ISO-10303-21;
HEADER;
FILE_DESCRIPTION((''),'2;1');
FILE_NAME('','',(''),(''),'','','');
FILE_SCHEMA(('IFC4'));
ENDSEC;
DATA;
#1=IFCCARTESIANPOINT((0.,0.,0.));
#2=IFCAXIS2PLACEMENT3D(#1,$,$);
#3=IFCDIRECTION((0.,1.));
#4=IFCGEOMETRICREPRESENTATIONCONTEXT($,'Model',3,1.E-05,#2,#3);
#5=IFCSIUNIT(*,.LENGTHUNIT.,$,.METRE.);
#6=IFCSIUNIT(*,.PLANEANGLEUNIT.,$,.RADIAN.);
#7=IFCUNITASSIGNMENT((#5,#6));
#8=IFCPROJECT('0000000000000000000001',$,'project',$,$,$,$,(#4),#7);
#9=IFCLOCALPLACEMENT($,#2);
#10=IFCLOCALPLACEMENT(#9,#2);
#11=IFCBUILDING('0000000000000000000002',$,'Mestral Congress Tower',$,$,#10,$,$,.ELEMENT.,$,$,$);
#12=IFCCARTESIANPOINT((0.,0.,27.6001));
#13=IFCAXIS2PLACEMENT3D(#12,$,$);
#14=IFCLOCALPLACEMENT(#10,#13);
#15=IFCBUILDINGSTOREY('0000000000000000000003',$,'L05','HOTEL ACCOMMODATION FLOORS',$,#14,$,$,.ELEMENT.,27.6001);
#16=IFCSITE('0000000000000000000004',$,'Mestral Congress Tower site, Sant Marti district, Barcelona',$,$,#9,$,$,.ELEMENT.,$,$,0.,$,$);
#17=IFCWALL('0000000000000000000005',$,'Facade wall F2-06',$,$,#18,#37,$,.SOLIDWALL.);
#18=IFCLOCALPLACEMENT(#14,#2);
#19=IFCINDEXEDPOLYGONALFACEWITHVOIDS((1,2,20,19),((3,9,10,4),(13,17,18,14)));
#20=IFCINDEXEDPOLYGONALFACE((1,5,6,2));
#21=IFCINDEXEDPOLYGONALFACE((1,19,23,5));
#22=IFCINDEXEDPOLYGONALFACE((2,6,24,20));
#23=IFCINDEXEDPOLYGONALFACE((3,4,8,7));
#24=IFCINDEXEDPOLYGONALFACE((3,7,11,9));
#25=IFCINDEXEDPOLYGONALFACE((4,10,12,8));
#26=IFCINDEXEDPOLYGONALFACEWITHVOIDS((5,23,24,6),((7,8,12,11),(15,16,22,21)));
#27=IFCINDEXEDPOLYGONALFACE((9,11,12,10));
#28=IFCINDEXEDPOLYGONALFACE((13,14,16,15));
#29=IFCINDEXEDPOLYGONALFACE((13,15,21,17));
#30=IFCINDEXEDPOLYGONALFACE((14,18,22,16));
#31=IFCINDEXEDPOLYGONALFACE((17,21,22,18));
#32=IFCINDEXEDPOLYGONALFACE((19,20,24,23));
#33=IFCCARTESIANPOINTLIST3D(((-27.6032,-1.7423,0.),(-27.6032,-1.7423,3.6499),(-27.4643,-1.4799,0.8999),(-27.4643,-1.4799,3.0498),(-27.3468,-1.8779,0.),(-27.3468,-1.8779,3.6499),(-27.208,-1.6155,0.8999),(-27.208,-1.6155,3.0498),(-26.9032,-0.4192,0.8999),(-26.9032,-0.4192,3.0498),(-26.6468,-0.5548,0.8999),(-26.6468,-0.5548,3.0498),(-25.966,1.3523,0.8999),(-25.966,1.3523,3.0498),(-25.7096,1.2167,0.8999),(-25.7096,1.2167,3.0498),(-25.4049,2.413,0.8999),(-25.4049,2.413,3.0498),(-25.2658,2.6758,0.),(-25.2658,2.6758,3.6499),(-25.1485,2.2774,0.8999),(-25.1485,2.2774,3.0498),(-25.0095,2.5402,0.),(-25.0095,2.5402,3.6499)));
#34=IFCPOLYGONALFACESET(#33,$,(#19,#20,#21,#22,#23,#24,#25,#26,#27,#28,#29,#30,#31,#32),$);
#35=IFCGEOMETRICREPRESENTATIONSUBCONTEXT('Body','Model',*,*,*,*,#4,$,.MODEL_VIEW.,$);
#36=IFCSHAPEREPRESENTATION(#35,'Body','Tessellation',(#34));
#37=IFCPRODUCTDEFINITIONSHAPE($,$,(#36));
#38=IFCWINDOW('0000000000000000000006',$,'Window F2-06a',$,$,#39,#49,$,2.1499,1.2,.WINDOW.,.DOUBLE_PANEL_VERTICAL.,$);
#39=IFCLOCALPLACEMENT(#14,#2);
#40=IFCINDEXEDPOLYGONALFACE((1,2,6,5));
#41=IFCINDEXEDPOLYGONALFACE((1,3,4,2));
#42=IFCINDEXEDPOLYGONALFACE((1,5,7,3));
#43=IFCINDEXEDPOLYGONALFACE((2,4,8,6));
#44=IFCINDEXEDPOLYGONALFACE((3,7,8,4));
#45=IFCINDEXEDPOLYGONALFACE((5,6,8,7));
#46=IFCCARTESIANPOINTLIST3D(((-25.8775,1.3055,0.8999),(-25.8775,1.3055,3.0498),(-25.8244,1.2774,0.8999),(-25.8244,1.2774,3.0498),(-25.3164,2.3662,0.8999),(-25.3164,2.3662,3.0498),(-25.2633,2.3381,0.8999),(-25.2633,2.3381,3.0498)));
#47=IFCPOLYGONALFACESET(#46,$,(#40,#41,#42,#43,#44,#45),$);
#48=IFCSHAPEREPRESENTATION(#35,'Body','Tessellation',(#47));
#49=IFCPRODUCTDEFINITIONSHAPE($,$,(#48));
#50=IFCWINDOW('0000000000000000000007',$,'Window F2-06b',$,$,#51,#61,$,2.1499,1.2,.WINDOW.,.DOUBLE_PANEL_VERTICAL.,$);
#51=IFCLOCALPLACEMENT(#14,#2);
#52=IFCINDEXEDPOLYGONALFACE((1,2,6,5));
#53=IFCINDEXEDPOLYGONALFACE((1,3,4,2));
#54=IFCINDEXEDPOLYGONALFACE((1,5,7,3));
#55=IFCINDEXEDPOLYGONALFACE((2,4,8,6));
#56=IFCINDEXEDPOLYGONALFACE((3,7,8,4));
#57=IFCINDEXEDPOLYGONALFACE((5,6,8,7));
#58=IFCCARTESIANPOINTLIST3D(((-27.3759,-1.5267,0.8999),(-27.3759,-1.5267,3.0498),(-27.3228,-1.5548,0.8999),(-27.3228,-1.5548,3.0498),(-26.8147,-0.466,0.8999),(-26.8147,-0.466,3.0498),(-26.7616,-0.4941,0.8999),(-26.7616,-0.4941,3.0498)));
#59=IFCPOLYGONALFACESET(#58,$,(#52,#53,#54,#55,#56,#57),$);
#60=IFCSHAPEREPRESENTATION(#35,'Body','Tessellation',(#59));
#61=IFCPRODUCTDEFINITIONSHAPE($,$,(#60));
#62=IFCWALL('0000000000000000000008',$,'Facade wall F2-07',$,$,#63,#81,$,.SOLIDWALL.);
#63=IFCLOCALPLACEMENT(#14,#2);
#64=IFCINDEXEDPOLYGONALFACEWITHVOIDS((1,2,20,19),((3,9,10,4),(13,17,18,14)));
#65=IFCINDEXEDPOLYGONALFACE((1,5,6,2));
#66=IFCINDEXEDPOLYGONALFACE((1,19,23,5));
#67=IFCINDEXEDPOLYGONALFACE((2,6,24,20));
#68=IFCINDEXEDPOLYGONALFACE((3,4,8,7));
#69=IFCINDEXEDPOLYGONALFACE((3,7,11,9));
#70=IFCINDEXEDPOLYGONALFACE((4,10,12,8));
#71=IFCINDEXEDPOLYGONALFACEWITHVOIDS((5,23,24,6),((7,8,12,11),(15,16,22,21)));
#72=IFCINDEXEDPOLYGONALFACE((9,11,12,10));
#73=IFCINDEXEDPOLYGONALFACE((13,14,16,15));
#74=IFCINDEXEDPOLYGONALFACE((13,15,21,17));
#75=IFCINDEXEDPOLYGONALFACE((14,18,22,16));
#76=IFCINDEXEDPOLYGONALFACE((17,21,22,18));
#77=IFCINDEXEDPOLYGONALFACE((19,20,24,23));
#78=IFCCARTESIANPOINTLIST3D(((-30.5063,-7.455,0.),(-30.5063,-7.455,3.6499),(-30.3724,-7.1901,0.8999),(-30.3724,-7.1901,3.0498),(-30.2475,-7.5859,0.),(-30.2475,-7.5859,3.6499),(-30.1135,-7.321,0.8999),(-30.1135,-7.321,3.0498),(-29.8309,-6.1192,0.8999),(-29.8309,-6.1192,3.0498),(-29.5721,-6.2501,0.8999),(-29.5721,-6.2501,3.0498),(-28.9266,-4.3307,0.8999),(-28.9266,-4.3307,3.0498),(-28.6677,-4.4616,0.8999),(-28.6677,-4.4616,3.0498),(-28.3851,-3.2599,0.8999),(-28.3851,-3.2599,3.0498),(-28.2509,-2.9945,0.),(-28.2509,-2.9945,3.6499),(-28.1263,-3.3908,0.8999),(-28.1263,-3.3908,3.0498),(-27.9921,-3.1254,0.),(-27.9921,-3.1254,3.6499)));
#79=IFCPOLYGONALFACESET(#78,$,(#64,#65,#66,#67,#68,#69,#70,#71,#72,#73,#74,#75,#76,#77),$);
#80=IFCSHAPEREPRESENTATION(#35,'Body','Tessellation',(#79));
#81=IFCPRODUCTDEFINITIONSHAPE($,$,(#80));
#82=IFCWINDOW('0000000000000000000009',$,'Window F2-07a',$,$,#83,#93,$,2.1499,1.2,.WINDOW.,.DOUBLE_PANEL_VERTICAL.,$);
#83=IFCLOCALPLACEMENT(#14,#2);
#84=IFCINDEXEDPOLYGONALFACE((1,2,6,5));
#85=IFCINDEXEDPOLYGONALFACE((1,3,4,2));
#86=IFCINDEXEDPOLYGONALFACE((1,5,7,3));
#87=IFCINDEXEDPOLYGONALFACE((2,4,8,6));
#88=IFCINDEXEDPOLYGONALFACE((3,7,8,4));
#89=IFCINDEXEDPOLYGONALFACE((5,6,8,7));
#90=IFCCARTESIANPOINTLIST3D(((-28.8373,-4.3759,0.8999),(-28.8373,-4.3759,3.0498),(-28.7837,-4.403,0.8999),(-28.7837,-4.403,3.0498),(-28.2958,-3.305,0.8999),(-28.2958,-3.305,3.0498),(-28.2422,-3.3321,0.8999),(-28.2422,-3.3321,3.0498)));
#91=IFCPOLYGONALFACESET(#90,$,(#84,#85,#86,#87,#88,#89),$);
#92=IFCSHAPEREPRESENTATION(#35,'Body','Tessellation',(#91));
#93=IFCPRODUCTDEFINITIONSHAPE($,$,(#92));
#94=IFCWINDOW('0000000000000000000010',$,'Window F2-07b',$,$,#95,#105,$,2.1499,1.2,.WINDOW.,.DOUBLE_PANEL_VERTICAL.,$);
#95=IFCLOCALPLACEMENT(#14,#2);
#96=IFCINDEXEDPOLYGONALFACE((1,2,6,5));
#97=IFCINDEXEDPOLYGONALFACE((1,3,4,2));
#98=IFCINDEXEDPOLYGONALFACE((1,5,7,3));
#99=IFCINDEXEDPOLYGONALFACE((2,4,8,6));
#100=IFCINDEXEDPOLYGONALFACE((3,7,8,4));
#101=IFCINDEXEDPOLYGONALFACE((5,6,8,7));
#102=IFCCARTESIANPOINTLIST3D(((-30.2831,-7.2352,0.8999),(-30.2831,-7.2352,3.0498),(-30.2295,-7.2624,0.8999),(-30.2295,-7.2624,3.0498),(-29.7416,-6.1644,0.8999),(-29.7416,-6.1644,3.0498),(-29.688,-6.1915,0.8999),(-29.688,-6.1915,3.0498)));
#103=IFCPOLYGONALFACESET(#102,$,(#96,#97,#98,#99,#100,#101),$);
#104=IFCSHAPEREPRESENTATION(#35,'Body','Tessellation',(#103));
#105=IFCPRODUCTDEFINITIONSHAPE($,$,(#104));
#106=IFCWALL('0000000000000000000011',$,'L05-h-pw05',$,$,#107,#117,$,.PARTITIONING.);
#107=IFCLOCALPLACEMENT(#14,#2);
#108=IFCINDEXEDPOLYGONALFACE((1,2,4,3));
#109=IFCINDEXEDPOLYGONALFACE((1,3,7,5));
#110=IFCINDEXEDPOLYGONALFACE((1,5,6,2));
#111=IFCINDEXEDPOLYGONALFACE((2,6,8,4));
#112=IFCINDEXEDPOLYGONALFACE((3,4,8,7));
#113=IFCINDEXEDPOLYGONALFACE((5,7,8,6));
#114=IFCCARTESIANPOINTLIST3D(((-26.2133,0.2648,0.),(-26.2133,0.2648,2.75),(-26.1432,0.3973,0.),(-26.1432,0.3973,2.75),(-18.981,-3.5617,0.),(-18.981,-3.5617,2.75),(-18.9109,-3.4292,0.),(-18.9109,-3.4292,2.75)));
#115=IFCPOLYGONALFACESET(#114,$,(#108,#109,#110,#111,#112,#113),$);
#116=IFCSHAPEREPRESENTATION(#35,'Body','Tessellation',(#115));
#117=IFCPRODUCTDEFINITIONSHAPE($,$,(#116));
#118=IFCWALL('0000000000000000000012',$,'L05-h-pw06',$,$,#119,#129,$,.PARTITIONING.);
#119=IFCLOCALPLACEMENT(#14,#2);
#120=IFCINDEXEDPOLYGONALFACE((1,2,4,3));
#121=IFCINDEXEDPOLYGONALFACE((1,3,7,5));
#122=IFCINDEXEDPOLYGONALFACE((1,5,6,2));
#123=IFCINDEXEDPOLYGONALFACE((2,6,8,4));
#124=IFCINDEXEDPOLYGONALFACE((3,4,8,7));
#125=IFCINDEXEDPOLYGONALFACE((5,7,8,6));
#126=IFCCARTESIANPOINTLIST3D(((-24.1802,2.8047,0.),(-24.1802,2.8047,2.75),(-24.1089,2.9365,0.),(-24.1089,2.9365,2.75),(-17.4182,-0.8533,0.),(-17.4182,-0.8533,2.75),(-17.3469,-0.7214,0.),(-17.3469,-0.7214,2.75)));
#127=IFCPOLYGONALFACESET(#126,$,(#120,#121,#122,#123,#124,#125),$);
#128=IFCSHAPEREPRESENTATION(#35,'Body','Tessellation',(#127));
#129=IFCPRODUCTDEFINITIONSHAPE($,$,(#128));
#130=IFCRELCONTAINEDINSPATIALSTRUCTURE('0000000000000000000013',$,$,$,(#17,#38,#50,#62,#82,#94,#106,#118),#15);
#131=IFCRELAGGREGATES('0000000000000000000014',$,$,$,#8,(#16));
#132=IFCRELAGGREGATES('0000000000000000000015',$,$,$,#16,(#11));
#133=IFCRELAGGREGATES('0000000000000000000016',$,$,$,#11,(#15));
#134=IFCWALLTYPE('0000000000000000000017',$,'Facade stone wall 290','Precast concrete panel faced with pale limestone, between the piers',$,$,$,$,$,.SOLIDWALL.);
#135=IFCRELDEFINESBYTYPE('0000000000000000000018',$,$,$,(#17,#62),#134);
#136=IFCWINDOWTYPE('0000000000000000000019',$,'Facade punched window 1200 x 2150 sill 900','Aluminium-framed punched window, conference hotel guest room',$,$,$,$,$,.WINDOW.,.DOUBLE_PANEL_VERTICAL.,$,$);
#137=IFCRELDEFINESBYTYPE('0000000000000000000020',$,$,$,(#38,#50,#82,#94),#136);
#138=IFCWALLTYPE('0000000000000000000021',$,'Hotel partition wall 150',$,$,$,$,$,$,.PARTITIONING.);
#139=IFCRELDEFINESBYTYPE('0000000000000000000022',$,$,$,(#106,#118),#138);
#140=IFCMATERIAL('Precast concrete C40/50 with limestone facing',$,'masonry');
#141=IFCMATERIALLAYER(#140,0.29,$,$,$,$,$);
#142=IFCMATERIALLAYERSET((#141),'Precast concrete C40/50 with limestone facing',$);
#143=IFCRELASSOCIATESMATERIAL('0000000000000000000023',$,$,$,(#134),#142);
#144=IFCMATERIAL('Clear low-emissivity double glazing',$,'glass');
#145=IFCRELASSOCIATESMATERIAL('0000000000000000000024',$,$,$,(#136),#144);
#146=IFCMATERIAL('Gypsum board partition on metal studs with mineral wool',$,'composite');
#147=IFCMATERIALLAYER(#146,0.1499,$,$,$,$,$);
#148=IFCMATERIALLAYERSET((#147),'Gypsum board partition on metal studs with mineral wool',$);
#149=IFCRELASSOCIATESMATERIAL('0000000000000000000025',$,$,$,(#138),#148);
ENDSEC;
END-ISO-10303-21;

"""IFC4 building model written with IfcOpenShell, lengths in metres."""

from ifc_helpers import new_model, si_unit, direction, frame, frame_2d, origin, place, context, subcontext, project, spatial, rectangle, extrude, material, layer, layer_set, type_object, element, fill, save


model = new_model("IFC4")

# Units and contexts
model_context = context("Model", 3, precision=1e-05, world=origin(), true_north=direction((0.0, 1.0)))
body_context = subcontext(model_context, "Body", "Model", "MODEL_VIEW")
ifc_project = project(units=[si_unit("LENGTHUNIT", "METRE"), si_unit("PLANEANGLEUNIT", "RADIAN")], contexts=[model_context])

# Site, building, storey
site_placement = place(None, origin())
site = spatial("IfcSite", under=ifc_project, at=site_placement, Name="Mestral Congress Tower site, Sant Marti district, Barcelona", CompositionType="ELEMENT", RefElevation=0.0)
building_placement = place(site_placement, origin())
building = spatial("IfcBuilding", under=site, at=building_placement, Name="Mestral Congress Tower", CompositionType="ELEMENT")
storey_placement = place(building_placement, frame((0.0, 0.0, 27.6001)))
storey = spatial("IfcBuildingStorey", under=building, at=storey_placement, Name="L05", Description="HOTEL ACCOMMODATION FLOORS", CompositionType="ELEMENT", Elevation=27.6001)

# Walls, openings, windows
ifc_material_1 = material(Name="Precast concrete C40/50 with limestone facing", Category="masonry")
ifc_layer_1 = layer(ifc_material_1, 0.29)
ifc_layer_set_1 = layer_set([ifc_layer_1], Name="Precast concrete C40/50 with limestone facing")
wall_type_1 = type_object("IfcWallType", Name="Facade stone wall 290", Description="Precast concrete panel faced with pale limestone, between the piers", PredefinedType="SOLIDWALL", material=ifc_layer_set_1)
ifc_material_2 = material(Name="Clear low-emissivity double glazing", Category="glass")
window_type = type_object("IfcWindowType", Name="Facade punched window 1200 x 2150 sill 900", Description="Aluminium-framed punched window, conference hotel guest room", PartitioningType="DOUBLE_PANEL_VERTICAL", PredefinedType="WINDOW", material=ifc_material_2)
wall_1_placement = place(storey_placement, frame((-25.1377, 2.6079, 0.0), z_axis=(0.0, 0.0, 1.0), x_axis=(-0.46763, -0.883925, 0.0)))
wall_1 = element("IfcWall", 1, at=wall_1_placement, inside=storey, type_object=wall_type_1, Name="Facade wall F2-06", PredefinedType="SOLIDWALL", context=body_context, shape_type="SweptSolid", body=[
    extrude(rectangle(XDim=4.9983, YDim=0.29, at=frame_2d((2.499, 0.0))), origin(), (0.0, 0.0, 1.0), 3.6499),
])
opening_1_placement = place(wall_1_placement, frame((0.2971, 0.0, 0.8999)))
opening_1 = element("IfcOpeningElement", 2, at=opening_1_placement, cuts=wall_1, PredefinedType="OPENING", context=body_context, shape_type="SweptSolid", body=[
    extrude(rectangle(XDim=1.2, YDim=2.1499, at=frame_2d((0.6001, 1.075))), frame((0.0, 0.155, 0.0), z_axis=(0.0, -1.0, 0.0), x_axis=(1.0, 0.0, 0.0)), (0.0, 0.0, 1.0), 0.3101),
])
opening_2_placement = place(wall_1_placement, frame((3.5012, 0.0, 0.8999)))
opening_2 = element("IfcOpeningElement", 3, at=opening_2_placement, cuts=wall_1, PredefinedType="OPENING", context=body_context, shape_type="SweptSolid", body=[
    extrude(rectangle(XDim=1.2, YDim=2.1499, at=frame_2d((0.6001, 1.075))), frame((0.0, 0.155, 0.0), z_axis=(0.0, -1.0, 0.0), x_axis=(1.0, 0.0, 0.0)), (0.0, 0.0, 1.0), 0.3101),
])
window_1_placement = place(opening_1_placement, origin())
window_1 = element("IfcWindow", 4, at=window_1_placement, inside=storey, type_object=window_type, Name="Window F2-06a", OverallHeight=2.1499, OverallWidth=1.2, PartitioningType="DOUBLE_PANEL_VERTICAL", PredefinedType="WINDOW", context=body_context, shape_type="SweptSolid", body=[
    extrude(rectangle(XDim=1.2, YDim=2.1499, at=frame_2d((0.6001, 1.075))), frame((0.0, 0.0151, 0.0), z_axis=(0.0, -1.0, 0.0), x_axis=(1.0, 0.0, 0.0)), (0.0, 0.0, 1.0), 0.0601),
])
fill(opening_1, window_1)
window_2_placement = place(opening_2_placement, origin())
window_2 = element("IfcWindow", 5, at=window_2_placement, inside=storey, type_object=window_type, Name="Window F2-06b", OverallHeight=2.1499, OverallWidth=1.2, PartitioningType="DOUBLE_PANEL_VERTICAL", PredefinedType="WINDOW", context=body_context, shape_type="SweptSolid", body=[
    extrude(rectangle(XDim=1.2, YDim=2.1499, at=frame_2d((0.6001, 1.075))), frame((0.0, 0.0151, 0.0), z_axis=(0.0, -1.0, 0.0), x_axis=(1.0, 0.0, 0.0)), (0.0, 0.0, 1.0), 0.0601),
])
fill(opening_2, window_2)
wall_2_placement = place(storey_placement, frame((-28.1216, -3.0601, 0.0), z_axis=(0.0, 0.0, 1.0), x_axis=(-0.451234, -0.892406, 0.0)))
wall_2 = element("IfcWall", 6, at=wall_2_placement, inside=storey, type_object=wall_type_1, Name="Facade wall F2-07", PredefinedType="SOLIDWALL", context=body_context, shape_type="SweptSolid", body=[
    extrude(rectangle(XDim=4.9983, YDim=0.29, at=frame_2d((2.499, 0.0))), origin(), (0.0, 0.0, 1.0), 3.6499),
])
opening_3_placement = place(wall_2_placement, frame((0.2971, 0.0, 0.8999)))
opening_3 = element("IfcOpeningElement", 7, at=opening_3_placement, cuts=wall_2, PredefinedType="OPENING", context=body_context, shape_type="SweptSolid", body=[
    extrude(rectangle(XDim=1.2, YDim=2.1499, at=frame_2d((0.6001, 1.075))), frame((0.0, 0.155, 0.0), z_axis=(0.0, -1.0, 0.0), x_axis=(1.0, 0.0, 0.0)), (0.0, 0.0, 1.0), 0.3101),
])
opening_4_placement = place(wall_2_placement, frame((3.5012, 0.0, 0.8999)))
opening_4 = element("IfcOpeningElement", 8, at=opening_4_placement, cuts=wall_2, PredefinedType="OPENING", context=body_context, shape_type="SweptSolid", body=[
    extrude(rectangle(XDim=1.2, YDim=2.1499, at=frame_2d((0.6001, 1.075))), frame((0.0, 0.155, 0.0), z_axis=(0.0, -1.0, 0.0), x_axis=(1.0, 0.0, 0.0)), (0.0, 0.0, 1.0), 0.3101),
])
window_3_placement = place(opening_3_placement, origin())
window_3 = element("IfcWindow", 9, at=window_3_placement, inside=storey, type_object=window_type, Name="Window F2-07a", OverallHeight=2.1499, OverallWidth=1.2, PartitioningType="DOUBLE_PANEL_VERTICAL", PredefinedType="WINDOW", context=body_context, shape_type="SweptSolid", body=[
    extrude(rectangle(XDim=1.2, YDim=2.1499, at=frame_2d((0.6001, 1.075))), frame((0.0, 0.0151, 0.0), z_axis=(0.0, -1.0, 0.0), x_axis=(1.0, 0.0, 0.0)), (0.0, 0.0, 1.0), 0.0601),
])
fill(opening_3, window_3)
window_4_placement = place(opening_4_placement, origin())
window_4 = element("IfcWindow", 10, at=window_4_placement, inside=storey, type_object=window_type, Name="Window F2-07b", OverallHeight=2.1499, OverallWidth=1.2, PartitioningType="DOUBLE_PANEL_VERTICAL", PredefinedType="WINDOW", context=body_context, shape_type="SweptSolid", body=[
    extrude(rectangle(XDim=1.2, YDim=2.1499, at=frame_2d((0.6001, 1.075))), frame((0.0, 0.0151, 0.0), z_axis=(0.0, -1.0, 0.0), x_axis=(1.0, 0.0, 0.0)), (0.0, 0.0, 1.0), 0.0601),
])
fill(opening_4, window_4)

# Walls
ifc_material_3 = material(Name="Gypsum board partition on metal studs with mineral wool", Category="composite")
ifc_layer_2 = layer(ifc_material_3, 0.1499)
ifc_layer_set_2 = layer_set([ifc_layer_2], Name="Gypsum board partition on metal studs with mineral wool")
wall_type_2 = type_object("IfcWallType", Name="Hotel partition wall 150", PredefinedType="PARTITIONING", material=ifc_layer_set_2)
wall_3_placement = place(storey_placement, frame((-26.1782, 0.3311, 0.0), z_axis=(0.0, 0.0, 1.0), x_axis=(0.883908, -0.46766, 0.0)))
element("IfcWall", 11, at=wall_3_placement, inside=storey, type_object=wall_type_2, Name="L05-h-pw05", PredefinedType="PARTITIONING", context=body_context, shape_type="SweptSolid", body=[
    extrude(rectangle(XDim=8.1821, YDim=0.1499, at=frame_2d((4.0911, 0.0))), origin(), (0.0, 0.0, 1.0), 2.75),
])
wall_4_placement = place(storey_placement, frame((-24.1445, 2.8706, 0.0), z_axis=(0.0, 0.0, 1.0), x_axis=(0.879552, -0.475803, 0.0)))
element("IfcWall", 12, at=wall_4_placement, inside=storey, type_object=wall_type_2, Name="L05-h-pw06", PredefinedType="PARTITIONING", context=body_context, shape_type="SweptSolid", body=[
    extrude(rectangle(XDim=7.688, YDim=0.1499, at=frame_2d((3.844, 0.0))), origin(), (0.0, 0.0, 1.0), 2.75),
])

save(model, "model.ifc")
